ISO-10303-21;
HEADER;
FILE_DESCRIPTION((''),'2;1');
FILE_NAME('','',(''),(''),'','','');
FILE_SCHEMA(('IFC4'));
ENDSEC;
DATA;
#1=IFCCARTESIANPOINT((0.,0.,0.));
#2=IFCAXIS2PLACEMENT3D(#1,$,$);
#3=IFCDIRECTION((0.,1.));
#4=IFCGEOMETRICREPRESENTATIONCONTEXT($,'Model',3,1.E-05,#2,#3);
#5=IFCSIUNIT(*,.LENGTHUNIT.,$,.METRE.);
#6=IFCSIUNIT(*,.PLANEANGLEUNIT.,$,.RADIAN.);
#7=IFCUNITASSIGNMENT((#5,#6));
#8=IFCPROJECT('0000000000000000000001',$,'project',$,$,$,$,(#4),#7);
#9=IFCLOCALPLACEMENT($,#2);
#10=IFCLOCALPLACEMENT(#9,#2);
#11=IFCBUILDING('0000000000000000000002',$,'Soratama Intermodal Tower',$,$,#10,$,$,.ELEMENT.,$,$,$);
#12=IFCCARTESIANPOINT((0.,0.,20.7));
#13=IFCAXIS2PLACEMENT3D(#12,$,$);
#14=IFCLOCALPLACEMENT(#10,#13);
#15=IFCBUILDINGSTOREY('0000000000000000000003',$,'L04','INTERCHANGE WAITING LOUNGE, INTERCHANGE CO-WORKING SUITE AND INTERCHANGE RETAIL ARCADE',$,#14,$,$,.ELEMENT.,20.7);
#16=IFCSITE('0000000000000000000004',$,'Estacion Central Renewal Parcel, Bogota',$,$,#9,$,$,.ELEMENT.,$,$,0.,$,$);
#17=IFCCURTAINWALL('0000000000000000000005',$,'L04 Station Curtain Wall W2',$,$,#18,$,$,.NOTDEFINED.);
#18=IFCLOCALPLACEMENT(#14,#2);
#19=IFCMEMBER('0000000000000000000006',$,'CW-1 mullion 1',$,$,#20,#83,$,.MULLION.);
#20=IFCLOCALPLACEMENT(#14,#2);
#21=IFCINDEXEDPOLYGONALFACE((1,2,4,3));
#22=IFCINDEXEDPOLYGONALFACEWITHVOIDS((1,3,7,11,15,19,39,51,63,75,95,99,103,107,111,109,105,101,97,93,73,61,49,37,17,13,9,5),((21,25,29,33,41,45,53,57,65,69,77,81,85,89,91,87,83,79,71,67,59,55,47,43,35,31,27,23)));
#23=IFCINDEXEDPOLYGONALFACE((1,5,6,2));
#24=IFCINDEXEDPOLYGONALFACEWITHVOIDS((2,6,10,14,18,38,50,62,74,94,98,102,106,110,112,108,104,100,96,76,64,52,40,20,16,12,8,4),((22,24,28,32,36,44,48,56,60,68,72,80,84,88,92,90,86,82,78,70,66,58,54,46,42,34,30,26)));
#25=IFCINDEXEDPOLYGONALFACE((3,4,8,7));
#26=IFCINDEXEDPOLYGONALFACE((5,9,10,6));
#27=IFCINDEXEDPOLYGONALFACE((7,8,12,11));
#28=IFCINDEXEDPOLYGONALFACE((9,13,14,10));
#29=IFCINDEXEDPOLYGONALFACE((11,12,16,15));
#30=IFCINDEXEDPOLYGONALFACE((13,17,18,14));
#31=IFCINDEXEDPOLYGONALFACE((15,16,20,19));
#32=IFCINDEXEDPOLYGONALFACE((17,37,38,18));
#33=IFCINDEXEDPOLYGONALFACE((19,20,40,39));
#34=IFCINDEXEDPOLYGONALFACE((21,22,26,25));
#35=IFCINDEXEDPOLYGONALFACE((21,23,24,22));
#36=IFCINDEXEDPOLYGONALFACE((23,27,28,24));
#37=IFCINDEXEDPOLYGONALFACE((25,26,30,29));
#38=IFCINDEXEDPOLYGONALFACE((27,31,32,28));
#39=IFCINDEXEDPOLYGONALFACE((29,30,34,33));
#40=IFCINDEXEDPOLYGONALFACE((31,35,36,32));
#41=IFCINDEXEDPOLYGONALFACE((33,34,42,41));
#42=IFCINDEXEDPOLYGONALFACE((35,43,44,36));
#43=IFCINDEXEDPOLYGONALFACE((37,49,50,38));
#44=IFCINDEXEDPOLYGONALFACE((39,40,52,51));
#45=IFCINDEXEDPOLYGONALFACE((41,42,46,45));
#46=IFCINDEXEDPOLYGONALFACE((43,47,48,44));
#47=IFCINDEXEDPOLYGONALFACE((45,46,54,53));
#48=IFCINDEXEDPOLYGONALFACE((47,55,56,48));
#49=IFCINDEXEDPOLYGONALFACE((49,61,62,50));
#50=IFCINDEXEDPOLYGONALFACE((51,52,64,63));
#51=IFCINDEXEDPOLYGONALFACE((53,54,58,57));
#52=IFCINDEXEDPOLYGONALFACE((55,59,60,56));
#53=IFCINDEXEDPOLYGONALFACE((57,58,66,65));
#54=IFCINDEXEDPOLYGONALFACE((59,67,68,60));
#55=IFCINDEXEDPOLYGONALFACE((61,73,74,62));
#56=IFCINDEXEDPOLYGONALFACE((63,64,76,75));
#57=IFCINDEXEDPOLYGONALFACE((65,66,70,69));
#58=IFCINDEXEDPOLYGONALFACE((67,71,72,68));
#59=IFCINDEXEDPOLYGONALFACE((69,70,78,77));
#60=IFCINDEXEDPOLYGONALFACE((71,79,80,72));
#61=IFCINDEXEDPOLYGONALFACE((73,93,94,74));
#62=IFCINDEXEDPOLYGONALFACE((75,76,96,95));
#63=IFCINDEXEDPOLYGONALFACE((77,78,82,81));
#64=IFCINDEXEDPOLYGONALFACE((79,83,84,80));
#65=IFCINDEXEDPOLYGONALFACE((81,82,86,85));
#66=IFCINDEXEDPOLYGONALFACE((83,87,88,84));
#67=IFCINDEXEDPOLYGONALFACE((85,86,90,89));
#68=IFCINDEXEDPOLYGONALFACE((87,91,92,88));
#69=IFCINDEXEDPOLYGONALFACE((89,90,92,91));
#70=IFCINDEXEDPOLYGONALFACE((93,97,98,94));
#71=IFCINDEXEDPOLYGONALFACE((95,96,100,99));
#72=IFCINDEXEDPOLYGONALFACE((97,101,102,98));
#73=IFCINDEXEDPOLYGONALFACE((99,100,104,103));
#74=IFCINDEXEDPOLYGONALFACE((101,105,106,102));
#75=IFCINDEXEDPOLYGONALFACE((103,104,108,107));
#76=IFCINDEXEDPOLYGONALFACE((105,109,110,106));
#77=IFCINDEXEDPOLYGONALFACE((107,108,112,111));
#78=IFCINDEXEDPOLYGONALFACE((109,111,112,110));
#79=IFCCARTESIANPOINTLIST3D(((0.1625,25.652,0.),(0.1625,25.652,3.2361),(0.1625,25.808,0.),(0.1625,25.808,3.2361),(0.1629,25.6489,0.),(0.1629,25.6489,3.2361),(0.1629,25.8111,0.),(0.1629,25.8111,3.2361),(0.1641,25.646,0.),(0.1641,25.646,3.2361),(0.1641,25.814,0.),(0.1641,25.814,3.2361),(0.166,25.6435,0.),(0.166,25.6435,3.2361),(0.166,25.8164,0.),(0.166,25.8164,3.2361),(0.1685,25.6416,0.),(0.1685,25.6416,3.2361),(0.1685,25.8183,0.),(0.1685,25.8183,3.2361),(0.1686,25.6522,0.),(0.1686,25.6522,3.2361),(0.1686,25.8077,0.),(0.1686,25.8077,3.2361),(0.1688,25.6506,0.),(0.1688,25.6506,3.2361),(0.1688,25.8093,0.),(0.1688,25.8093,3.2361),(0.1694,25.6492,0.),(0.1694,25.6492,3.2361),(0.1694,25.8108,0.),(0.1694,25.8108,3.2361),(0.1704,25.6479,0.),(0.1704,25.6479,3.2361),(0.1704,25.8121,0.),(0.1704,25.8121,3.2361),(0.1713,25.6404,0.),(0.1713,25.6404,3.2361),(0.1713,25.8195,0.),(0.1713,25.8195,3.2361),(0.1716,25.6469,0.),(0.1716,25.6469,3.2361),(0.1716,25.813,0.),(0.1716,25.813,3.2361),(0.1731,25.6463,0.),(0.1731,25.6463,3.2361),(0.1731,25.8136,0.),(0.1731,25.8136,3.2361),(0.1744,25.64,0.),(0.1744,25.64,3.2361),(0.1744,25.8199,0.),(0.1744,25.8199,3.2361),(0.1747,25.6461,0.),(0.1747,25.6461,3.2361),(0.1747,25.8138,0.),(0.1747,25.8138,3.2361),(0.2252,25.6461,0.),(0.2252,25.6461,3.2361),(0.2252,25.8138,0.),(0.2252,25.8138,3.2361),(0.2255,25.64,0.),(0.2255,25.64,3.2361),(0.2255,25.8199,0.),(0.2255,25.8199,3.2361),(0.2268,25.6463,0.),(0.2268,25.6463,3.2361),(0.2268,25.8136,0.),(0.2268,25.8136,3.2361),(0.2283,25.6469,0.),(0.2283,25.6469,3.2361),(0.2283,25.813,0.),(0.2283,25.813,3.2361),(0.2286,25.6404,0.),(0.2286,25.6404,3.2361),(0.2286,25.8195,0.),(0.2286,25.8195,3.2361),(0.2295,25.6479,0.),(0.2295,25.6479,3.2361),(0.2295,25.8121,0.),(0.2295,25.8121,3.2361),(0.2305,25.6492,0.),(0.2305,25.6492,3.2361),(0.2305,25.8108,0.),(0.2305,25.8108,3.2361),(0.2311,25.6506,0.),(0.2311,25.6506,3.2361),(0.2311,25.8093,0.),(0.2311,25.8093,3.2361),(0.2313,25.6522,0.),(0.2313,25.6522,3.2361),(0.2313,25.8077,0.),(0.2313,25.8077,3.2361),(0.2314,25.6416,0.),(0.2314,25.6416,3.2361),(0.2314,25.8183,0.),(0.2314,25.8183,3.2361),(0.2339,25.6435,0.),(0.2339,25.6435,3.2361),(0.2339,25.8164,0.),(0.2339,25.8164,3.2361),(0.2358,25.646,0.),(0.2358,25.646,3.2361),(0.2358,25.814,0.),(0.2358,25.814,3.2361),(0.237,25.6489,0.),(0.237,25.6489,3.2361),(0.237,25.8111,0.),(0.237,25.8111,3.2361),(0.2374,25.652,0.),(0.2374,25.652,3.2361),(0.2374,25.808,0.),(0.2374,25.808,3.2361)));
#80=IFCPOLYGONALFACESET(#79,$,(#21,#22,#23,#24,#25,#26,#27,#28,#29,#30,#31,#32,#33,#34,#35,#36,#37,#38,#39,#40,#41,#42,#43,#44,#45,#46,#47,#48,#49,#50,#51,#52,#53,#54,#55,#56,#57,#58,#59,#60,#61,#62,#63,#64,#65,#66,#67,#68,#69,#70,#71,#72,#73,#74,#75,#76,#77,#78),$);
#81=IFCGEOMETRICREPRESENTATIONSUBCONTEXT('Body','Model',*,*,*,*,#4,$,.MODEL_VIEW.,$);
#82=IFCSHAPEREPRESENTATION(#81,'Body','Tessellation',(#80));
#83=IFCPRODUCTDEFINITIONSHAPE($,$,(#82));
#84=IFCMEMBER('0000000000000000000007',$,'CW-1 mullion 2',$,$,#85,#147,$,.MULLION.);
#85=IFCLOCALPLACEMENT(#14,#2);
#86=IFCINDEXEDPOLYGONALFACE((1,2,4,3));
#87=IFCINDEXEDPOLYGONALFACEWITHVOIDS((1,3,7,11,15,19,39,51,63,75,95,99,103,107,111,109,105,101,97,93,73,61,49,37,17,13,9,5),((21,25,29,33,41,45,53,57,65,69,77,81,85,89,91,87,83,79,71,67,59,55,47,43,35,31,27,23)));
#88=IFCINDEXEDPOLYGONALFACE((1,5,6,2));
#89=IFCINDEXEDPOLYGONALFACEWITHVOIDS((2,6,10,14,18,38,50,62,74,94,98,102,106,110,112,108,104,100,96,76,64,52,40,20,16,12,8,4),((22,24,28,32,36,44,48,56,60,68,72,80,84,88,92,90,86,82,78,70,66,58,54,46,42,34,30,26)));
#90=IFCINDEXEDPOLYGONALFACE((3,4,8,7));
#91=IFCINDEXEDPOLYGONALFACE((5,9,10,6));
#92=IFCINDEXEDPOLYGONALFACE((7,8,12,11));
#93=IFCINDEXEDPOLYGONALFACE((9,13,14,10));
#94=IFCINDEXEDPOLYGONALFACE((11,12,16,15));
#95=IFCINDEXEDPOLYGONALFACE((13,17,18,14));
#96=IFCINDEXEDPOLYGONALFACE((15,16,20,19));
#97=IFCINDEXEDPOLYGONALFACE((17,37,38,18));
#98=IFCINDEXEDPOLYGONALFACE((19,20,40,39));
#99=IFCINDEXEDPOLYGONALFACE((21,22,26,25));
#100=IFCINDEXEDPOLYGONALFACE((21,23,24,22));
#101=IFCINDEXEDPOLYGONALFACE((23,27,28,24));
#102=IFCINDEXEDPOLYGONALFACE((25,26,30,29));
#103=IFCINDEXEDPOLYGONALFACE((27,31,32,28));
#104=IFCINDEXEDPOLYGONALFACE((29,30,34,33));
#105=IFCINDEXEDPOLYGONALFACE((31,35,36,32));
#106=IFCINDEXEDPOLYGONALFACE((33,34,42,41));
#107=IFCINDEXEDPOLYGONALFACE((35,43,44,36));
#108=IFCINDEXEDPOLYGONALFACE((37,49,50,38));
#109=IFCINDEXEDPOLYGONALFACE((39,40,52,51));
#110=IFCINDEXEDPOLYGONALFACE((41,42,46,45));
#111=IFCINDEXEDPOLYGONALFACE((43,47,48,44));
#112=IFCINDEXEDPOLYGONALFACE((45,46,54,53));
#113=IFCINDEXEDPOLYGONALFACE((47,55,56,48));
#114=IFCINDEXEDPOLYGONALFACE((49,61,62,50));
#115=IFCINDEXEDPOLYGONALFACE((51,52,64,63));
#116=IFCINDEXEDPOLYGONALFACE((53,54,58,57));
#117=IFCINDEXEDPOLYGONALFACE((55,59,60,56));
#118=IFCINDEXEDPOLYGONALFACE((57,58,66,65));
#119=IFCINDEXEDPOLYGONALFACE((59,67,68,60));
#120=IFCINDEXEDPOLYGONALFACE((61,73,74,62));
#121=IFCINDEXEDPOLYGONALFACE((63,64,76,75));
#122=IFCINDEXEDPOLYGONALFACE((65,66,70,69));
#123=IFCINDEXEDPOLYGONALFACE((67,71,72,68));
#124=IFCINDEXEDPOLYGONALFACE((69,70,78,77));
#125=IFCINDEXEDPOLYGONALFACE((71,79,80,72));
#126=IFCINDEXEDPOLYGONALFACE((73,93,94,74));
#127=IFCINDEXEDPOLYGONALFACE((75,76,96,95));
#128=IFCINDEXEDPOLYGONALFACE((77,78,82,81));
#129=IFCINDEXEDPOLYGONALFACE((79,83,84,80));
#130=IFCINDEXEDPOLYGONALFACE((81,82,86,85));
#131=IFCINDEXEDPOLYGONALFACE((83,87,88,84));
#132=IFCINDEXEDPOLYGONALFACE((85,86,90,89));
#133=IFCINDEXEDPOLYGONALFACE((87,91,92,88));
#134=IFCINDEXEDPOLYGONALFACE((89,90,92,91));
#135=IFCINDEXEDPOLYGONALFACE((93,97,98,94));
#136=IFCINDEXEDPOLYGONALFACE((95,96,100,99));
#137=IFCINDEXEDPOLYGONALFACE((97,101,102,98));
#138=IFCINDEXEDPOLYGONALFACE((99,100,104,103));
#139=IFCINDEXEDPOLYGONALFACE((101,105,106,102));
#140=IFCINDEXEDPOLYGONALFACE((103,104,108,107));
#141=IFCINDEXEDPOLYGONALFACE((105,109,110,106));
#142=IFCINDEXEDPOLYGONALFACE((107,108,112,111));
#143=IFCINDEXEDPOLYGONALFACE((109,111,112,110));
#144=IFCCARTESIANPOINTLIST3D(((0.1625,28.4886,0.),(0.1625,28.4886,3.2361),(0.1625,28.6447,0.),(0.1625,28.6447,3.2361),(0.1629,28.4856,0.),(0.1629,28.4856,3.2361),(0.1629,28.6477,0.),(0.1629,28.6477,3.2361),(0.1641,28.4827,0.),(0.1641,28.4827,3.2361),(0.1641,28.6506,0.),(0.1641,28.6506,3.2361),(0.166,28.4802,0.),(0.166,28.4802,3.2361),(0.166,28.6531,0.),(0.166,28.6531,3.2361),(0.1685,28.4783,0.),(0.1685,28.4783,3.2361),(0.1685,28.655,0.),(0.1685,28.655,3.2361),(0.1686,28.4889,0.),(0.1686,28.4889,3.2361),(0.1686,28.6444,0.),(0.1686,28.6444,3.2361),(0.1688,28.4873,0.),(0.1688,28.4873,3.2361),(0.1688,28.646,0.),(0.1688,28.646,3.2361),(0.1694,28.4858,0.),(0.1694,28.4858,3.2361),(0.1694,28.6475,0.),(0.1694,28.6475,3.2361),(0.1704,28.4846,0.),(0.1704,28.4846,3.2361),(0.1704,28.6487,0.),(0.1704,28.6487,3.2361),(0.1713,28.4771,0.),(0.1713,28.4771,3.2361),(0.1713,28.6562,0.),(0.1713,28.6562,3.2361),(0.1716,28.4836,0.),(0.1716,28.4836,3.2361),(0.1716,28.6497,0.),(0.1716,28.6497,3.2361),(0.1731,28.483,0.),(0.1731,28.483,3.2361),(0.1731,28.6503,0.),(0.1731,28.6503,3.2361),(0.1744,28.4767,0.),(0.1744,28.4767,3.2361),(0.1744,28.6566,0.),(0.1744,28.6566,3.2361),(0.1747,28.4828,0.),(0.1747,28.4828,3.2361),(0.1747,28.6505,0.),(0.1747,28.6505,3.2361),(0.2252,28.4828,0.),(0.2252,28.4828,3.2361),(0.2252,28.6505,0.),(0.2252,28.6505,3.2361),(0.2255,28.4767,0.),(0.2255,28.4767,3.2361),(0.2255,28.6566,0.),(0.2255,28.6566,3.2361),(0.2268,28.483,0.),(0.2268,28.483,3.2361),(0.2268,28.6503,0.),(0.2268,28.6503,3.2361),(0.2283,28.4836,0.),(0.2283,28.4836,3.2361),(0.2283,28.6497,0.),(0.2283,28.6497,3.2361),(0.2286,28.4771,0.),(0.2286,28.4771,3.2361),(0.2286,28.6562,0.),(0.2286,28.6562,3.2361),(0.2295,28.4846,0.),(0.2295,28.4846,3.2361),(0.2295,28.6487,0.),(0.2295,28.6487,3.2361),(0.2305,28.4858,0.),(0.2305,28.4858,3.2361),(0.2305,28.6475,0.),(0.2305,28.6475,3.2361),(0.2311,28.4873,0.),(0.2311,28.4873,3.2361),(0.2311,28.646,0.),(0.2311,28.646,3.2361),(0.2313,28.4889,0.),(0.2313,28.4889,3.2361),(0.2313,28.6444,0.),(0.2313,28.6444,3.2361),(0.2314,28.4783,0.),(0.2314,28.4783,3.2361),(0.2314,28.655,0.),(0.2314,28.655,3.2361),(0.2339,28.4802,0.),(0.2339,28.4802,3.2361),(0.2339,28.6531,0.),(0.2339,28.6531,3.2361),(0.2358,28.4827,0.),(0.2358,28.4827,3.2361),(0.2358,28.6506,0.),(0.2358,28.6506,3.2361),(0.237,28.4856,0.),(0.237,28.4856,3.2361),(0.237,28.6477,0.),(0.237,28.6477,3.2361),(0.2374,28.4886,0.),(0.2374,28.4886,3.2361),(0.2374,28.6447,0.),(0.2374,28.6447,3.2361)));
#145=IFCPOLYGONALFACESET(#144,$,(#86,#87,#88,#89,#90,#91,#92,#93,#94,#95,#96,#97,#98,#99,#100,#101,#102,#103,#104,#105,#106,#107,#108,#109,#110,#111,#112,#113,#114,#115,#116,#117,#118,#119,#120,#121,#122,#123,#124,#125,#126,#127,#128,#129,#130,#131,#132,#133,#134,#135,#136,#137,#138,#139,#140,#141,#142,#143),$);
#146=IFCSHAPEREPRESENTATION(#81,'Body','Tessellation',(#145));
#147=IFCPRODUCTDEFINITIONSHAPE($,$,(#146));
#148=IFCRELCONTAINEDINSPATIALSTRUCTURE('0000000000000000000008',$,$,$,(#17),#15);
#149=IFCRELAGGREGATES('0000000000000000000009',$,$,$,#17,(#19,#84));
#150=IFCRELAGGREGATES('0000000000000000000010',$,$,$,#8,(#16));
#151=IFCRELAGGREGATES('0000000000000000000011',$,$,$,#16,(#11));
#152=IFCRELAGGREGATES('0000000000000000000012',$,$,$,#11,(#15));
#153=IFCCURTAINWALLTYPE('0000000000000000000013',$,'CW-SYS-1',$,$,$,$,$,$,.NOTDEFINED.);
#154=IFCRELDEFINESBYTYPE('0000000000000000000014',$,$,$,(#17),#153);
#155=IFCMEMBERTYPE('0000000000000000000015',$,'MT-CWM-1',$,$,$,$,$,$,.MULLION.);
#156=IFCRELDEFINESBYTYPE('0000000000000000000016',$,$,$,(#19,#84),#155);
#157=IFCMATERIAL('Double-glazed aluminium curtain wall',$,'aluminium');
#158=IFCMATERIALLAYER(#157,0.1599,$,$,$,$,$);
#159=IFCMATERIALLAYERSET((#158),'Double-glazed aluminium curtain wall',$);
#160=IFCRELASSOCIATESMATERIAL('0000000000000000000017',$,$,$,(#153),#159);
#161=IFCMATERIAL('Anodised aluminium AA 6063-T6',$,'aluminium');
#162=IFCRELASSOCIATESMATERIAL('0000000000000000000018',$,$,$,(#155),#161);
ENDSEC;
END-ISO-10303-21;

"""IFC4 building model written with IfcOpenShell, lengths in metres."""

from ifc_helpers import new_model, si_unit, direction, frame, origin, origin_2d, place, context, subcontext, project, spatial, hollow_rectangle, extrude, material, layer, layer_set, material_profile, profile_set, type_object, element, aggregate, save


model = new_model("IFC4")

# Units and contexts
model_context = context("Model", 3, precision=1e-05, world=origin(), true_north=direction((0.0, 1.0)))
body_context = subcontext(model_context, "Body", "Model", "MODEL_VIEW")
ifc_project = project(units=[si_unit("LENGTHUNIT", "METRE"), si_unit("PLANEANGLEUNIT", "RADIAN")], contexts=[model_context])

# Site, building, storey
site_placement = place(None, origin())
site = spatial("IfcSite", under=ifc_project, at=site_placement, Name="Estacion Central Renewal Parcel, Bogota", CompositionType="ELEMENT", RefElevation=0.0)
building_placement = place(site_placement, origin())
building = spatial("IfcBuilding", under=site, at=building_placement, Name="Soratama Intermodal Tower", CompositionType="ELEMENT")
storey_placement = place(building_placement, frame((0.0, 0.0, 20.7)))
storey = spatial("IfcBuildingStorey", under=building, at=storey_placement, Name="L04", Description="INTERCHANGE WAITING LOUNGE, INTERCHANGE CO-WORKING SUITE AND INTERCHANGE RETAIL ARCADE", CompositionType="ELEMENT", Elevation=20.7)

# Shared definitions
ifc_material_1 = material(Name="Double-glazed aluminium curtain wall", Category="aluminium")
ifc_layer_1 = layer(ifc_material_1, 0.1599)
ifc_layer_set_1 = layer_set([ifc_layer_1], Name="Double-glazed aluminium curtain wall")
curtain_wall_type = type_object("IfcCurtainWallType", Name="CW-SYS-1", PredefinedType="NOTDEFINED", material=ifc_layer_set_1)
ifc_material_2 = material(Name="Anodised aluminium AA 6063-T6", Category="aluminium")
ifc_material_profile_1 = material_profile(ifc_material_2, hollow_rectangle(XDim=0.075, YDim=0.1799, WallThickness=0.0061, InnerFilletRadius=0.0061, OuterFilletRadius=0.012, at=origin_2d()), Name="CWM180X75X6")
ifc_profile_set_1 = profile_set([ifc_material_profile_1], Name="Anodised aluminium AA 6063-T6")
member_type_1 = type_object("IfcMemberType", Name="MT-CWM-1", PredefinedType="MULLION", material=ifc_profile_set_1)

# Curtain wall, members
curtain_wall_1_placement = place(storey_placement, origin())
curtain_wall_1 = element("IfcCurtainWall", 1, at=curtain_wall_1_placement, inside=storey, type_object=curtain_wall_type, Name="L04 Station Curtain Wall W2", PredefinedType="NOTDEFINED")
member_1_placement = place(storey_placement, frame((0.2, 25.73, 0.0), z_axis=(0.0, 0.0, 1.0), x_axis=(-1.0, 0.0, 0.0)))
member_1 = element("IfcMember", 2, at=member_1_placement, type_object=member_type_1, Name="CW-1 mullion 1", PredefinedType="MULLION", context=body_context, shape_type="SweptSolid", body=[
    extrude(hollow_rectangle(XDim=0.075, YDim=0.1799, WallThickness=0.0061, InnerFilletRadius=0.0061, OuterFilletRadius=0.012, at=origin_2d()), origin(), (0.0, 0.0, 1.0), 3.2361),
])
member_2_placement = place(storey_placement, frame((0.2, 28.5667, 0.0), z_axis=(0.0, 0.0, 1.0), x_axis=(-1.0, 0.0, 0.0)))
member_2 = element("IfcMember", 3, at=member_2_placement, type_object=member_type_1, Name="CW-1 mullion 2", PredefinedType="MULLION", context=body_context, shape_type="SweptSolid", body=[
    extrude(hollow_rectangle(XDim=0.075, YDim=0.1799, WallThickness=0.0061, InnerFilletRadius=0.0061, OuterFilletRadius=0.012, at=origin_2d()), origin(), (0.0, 0.0, 1.0), 3.2361),
])

aggregate(curtain_wall_1, [member_1, member_2])

save(model, "model.ifc")
